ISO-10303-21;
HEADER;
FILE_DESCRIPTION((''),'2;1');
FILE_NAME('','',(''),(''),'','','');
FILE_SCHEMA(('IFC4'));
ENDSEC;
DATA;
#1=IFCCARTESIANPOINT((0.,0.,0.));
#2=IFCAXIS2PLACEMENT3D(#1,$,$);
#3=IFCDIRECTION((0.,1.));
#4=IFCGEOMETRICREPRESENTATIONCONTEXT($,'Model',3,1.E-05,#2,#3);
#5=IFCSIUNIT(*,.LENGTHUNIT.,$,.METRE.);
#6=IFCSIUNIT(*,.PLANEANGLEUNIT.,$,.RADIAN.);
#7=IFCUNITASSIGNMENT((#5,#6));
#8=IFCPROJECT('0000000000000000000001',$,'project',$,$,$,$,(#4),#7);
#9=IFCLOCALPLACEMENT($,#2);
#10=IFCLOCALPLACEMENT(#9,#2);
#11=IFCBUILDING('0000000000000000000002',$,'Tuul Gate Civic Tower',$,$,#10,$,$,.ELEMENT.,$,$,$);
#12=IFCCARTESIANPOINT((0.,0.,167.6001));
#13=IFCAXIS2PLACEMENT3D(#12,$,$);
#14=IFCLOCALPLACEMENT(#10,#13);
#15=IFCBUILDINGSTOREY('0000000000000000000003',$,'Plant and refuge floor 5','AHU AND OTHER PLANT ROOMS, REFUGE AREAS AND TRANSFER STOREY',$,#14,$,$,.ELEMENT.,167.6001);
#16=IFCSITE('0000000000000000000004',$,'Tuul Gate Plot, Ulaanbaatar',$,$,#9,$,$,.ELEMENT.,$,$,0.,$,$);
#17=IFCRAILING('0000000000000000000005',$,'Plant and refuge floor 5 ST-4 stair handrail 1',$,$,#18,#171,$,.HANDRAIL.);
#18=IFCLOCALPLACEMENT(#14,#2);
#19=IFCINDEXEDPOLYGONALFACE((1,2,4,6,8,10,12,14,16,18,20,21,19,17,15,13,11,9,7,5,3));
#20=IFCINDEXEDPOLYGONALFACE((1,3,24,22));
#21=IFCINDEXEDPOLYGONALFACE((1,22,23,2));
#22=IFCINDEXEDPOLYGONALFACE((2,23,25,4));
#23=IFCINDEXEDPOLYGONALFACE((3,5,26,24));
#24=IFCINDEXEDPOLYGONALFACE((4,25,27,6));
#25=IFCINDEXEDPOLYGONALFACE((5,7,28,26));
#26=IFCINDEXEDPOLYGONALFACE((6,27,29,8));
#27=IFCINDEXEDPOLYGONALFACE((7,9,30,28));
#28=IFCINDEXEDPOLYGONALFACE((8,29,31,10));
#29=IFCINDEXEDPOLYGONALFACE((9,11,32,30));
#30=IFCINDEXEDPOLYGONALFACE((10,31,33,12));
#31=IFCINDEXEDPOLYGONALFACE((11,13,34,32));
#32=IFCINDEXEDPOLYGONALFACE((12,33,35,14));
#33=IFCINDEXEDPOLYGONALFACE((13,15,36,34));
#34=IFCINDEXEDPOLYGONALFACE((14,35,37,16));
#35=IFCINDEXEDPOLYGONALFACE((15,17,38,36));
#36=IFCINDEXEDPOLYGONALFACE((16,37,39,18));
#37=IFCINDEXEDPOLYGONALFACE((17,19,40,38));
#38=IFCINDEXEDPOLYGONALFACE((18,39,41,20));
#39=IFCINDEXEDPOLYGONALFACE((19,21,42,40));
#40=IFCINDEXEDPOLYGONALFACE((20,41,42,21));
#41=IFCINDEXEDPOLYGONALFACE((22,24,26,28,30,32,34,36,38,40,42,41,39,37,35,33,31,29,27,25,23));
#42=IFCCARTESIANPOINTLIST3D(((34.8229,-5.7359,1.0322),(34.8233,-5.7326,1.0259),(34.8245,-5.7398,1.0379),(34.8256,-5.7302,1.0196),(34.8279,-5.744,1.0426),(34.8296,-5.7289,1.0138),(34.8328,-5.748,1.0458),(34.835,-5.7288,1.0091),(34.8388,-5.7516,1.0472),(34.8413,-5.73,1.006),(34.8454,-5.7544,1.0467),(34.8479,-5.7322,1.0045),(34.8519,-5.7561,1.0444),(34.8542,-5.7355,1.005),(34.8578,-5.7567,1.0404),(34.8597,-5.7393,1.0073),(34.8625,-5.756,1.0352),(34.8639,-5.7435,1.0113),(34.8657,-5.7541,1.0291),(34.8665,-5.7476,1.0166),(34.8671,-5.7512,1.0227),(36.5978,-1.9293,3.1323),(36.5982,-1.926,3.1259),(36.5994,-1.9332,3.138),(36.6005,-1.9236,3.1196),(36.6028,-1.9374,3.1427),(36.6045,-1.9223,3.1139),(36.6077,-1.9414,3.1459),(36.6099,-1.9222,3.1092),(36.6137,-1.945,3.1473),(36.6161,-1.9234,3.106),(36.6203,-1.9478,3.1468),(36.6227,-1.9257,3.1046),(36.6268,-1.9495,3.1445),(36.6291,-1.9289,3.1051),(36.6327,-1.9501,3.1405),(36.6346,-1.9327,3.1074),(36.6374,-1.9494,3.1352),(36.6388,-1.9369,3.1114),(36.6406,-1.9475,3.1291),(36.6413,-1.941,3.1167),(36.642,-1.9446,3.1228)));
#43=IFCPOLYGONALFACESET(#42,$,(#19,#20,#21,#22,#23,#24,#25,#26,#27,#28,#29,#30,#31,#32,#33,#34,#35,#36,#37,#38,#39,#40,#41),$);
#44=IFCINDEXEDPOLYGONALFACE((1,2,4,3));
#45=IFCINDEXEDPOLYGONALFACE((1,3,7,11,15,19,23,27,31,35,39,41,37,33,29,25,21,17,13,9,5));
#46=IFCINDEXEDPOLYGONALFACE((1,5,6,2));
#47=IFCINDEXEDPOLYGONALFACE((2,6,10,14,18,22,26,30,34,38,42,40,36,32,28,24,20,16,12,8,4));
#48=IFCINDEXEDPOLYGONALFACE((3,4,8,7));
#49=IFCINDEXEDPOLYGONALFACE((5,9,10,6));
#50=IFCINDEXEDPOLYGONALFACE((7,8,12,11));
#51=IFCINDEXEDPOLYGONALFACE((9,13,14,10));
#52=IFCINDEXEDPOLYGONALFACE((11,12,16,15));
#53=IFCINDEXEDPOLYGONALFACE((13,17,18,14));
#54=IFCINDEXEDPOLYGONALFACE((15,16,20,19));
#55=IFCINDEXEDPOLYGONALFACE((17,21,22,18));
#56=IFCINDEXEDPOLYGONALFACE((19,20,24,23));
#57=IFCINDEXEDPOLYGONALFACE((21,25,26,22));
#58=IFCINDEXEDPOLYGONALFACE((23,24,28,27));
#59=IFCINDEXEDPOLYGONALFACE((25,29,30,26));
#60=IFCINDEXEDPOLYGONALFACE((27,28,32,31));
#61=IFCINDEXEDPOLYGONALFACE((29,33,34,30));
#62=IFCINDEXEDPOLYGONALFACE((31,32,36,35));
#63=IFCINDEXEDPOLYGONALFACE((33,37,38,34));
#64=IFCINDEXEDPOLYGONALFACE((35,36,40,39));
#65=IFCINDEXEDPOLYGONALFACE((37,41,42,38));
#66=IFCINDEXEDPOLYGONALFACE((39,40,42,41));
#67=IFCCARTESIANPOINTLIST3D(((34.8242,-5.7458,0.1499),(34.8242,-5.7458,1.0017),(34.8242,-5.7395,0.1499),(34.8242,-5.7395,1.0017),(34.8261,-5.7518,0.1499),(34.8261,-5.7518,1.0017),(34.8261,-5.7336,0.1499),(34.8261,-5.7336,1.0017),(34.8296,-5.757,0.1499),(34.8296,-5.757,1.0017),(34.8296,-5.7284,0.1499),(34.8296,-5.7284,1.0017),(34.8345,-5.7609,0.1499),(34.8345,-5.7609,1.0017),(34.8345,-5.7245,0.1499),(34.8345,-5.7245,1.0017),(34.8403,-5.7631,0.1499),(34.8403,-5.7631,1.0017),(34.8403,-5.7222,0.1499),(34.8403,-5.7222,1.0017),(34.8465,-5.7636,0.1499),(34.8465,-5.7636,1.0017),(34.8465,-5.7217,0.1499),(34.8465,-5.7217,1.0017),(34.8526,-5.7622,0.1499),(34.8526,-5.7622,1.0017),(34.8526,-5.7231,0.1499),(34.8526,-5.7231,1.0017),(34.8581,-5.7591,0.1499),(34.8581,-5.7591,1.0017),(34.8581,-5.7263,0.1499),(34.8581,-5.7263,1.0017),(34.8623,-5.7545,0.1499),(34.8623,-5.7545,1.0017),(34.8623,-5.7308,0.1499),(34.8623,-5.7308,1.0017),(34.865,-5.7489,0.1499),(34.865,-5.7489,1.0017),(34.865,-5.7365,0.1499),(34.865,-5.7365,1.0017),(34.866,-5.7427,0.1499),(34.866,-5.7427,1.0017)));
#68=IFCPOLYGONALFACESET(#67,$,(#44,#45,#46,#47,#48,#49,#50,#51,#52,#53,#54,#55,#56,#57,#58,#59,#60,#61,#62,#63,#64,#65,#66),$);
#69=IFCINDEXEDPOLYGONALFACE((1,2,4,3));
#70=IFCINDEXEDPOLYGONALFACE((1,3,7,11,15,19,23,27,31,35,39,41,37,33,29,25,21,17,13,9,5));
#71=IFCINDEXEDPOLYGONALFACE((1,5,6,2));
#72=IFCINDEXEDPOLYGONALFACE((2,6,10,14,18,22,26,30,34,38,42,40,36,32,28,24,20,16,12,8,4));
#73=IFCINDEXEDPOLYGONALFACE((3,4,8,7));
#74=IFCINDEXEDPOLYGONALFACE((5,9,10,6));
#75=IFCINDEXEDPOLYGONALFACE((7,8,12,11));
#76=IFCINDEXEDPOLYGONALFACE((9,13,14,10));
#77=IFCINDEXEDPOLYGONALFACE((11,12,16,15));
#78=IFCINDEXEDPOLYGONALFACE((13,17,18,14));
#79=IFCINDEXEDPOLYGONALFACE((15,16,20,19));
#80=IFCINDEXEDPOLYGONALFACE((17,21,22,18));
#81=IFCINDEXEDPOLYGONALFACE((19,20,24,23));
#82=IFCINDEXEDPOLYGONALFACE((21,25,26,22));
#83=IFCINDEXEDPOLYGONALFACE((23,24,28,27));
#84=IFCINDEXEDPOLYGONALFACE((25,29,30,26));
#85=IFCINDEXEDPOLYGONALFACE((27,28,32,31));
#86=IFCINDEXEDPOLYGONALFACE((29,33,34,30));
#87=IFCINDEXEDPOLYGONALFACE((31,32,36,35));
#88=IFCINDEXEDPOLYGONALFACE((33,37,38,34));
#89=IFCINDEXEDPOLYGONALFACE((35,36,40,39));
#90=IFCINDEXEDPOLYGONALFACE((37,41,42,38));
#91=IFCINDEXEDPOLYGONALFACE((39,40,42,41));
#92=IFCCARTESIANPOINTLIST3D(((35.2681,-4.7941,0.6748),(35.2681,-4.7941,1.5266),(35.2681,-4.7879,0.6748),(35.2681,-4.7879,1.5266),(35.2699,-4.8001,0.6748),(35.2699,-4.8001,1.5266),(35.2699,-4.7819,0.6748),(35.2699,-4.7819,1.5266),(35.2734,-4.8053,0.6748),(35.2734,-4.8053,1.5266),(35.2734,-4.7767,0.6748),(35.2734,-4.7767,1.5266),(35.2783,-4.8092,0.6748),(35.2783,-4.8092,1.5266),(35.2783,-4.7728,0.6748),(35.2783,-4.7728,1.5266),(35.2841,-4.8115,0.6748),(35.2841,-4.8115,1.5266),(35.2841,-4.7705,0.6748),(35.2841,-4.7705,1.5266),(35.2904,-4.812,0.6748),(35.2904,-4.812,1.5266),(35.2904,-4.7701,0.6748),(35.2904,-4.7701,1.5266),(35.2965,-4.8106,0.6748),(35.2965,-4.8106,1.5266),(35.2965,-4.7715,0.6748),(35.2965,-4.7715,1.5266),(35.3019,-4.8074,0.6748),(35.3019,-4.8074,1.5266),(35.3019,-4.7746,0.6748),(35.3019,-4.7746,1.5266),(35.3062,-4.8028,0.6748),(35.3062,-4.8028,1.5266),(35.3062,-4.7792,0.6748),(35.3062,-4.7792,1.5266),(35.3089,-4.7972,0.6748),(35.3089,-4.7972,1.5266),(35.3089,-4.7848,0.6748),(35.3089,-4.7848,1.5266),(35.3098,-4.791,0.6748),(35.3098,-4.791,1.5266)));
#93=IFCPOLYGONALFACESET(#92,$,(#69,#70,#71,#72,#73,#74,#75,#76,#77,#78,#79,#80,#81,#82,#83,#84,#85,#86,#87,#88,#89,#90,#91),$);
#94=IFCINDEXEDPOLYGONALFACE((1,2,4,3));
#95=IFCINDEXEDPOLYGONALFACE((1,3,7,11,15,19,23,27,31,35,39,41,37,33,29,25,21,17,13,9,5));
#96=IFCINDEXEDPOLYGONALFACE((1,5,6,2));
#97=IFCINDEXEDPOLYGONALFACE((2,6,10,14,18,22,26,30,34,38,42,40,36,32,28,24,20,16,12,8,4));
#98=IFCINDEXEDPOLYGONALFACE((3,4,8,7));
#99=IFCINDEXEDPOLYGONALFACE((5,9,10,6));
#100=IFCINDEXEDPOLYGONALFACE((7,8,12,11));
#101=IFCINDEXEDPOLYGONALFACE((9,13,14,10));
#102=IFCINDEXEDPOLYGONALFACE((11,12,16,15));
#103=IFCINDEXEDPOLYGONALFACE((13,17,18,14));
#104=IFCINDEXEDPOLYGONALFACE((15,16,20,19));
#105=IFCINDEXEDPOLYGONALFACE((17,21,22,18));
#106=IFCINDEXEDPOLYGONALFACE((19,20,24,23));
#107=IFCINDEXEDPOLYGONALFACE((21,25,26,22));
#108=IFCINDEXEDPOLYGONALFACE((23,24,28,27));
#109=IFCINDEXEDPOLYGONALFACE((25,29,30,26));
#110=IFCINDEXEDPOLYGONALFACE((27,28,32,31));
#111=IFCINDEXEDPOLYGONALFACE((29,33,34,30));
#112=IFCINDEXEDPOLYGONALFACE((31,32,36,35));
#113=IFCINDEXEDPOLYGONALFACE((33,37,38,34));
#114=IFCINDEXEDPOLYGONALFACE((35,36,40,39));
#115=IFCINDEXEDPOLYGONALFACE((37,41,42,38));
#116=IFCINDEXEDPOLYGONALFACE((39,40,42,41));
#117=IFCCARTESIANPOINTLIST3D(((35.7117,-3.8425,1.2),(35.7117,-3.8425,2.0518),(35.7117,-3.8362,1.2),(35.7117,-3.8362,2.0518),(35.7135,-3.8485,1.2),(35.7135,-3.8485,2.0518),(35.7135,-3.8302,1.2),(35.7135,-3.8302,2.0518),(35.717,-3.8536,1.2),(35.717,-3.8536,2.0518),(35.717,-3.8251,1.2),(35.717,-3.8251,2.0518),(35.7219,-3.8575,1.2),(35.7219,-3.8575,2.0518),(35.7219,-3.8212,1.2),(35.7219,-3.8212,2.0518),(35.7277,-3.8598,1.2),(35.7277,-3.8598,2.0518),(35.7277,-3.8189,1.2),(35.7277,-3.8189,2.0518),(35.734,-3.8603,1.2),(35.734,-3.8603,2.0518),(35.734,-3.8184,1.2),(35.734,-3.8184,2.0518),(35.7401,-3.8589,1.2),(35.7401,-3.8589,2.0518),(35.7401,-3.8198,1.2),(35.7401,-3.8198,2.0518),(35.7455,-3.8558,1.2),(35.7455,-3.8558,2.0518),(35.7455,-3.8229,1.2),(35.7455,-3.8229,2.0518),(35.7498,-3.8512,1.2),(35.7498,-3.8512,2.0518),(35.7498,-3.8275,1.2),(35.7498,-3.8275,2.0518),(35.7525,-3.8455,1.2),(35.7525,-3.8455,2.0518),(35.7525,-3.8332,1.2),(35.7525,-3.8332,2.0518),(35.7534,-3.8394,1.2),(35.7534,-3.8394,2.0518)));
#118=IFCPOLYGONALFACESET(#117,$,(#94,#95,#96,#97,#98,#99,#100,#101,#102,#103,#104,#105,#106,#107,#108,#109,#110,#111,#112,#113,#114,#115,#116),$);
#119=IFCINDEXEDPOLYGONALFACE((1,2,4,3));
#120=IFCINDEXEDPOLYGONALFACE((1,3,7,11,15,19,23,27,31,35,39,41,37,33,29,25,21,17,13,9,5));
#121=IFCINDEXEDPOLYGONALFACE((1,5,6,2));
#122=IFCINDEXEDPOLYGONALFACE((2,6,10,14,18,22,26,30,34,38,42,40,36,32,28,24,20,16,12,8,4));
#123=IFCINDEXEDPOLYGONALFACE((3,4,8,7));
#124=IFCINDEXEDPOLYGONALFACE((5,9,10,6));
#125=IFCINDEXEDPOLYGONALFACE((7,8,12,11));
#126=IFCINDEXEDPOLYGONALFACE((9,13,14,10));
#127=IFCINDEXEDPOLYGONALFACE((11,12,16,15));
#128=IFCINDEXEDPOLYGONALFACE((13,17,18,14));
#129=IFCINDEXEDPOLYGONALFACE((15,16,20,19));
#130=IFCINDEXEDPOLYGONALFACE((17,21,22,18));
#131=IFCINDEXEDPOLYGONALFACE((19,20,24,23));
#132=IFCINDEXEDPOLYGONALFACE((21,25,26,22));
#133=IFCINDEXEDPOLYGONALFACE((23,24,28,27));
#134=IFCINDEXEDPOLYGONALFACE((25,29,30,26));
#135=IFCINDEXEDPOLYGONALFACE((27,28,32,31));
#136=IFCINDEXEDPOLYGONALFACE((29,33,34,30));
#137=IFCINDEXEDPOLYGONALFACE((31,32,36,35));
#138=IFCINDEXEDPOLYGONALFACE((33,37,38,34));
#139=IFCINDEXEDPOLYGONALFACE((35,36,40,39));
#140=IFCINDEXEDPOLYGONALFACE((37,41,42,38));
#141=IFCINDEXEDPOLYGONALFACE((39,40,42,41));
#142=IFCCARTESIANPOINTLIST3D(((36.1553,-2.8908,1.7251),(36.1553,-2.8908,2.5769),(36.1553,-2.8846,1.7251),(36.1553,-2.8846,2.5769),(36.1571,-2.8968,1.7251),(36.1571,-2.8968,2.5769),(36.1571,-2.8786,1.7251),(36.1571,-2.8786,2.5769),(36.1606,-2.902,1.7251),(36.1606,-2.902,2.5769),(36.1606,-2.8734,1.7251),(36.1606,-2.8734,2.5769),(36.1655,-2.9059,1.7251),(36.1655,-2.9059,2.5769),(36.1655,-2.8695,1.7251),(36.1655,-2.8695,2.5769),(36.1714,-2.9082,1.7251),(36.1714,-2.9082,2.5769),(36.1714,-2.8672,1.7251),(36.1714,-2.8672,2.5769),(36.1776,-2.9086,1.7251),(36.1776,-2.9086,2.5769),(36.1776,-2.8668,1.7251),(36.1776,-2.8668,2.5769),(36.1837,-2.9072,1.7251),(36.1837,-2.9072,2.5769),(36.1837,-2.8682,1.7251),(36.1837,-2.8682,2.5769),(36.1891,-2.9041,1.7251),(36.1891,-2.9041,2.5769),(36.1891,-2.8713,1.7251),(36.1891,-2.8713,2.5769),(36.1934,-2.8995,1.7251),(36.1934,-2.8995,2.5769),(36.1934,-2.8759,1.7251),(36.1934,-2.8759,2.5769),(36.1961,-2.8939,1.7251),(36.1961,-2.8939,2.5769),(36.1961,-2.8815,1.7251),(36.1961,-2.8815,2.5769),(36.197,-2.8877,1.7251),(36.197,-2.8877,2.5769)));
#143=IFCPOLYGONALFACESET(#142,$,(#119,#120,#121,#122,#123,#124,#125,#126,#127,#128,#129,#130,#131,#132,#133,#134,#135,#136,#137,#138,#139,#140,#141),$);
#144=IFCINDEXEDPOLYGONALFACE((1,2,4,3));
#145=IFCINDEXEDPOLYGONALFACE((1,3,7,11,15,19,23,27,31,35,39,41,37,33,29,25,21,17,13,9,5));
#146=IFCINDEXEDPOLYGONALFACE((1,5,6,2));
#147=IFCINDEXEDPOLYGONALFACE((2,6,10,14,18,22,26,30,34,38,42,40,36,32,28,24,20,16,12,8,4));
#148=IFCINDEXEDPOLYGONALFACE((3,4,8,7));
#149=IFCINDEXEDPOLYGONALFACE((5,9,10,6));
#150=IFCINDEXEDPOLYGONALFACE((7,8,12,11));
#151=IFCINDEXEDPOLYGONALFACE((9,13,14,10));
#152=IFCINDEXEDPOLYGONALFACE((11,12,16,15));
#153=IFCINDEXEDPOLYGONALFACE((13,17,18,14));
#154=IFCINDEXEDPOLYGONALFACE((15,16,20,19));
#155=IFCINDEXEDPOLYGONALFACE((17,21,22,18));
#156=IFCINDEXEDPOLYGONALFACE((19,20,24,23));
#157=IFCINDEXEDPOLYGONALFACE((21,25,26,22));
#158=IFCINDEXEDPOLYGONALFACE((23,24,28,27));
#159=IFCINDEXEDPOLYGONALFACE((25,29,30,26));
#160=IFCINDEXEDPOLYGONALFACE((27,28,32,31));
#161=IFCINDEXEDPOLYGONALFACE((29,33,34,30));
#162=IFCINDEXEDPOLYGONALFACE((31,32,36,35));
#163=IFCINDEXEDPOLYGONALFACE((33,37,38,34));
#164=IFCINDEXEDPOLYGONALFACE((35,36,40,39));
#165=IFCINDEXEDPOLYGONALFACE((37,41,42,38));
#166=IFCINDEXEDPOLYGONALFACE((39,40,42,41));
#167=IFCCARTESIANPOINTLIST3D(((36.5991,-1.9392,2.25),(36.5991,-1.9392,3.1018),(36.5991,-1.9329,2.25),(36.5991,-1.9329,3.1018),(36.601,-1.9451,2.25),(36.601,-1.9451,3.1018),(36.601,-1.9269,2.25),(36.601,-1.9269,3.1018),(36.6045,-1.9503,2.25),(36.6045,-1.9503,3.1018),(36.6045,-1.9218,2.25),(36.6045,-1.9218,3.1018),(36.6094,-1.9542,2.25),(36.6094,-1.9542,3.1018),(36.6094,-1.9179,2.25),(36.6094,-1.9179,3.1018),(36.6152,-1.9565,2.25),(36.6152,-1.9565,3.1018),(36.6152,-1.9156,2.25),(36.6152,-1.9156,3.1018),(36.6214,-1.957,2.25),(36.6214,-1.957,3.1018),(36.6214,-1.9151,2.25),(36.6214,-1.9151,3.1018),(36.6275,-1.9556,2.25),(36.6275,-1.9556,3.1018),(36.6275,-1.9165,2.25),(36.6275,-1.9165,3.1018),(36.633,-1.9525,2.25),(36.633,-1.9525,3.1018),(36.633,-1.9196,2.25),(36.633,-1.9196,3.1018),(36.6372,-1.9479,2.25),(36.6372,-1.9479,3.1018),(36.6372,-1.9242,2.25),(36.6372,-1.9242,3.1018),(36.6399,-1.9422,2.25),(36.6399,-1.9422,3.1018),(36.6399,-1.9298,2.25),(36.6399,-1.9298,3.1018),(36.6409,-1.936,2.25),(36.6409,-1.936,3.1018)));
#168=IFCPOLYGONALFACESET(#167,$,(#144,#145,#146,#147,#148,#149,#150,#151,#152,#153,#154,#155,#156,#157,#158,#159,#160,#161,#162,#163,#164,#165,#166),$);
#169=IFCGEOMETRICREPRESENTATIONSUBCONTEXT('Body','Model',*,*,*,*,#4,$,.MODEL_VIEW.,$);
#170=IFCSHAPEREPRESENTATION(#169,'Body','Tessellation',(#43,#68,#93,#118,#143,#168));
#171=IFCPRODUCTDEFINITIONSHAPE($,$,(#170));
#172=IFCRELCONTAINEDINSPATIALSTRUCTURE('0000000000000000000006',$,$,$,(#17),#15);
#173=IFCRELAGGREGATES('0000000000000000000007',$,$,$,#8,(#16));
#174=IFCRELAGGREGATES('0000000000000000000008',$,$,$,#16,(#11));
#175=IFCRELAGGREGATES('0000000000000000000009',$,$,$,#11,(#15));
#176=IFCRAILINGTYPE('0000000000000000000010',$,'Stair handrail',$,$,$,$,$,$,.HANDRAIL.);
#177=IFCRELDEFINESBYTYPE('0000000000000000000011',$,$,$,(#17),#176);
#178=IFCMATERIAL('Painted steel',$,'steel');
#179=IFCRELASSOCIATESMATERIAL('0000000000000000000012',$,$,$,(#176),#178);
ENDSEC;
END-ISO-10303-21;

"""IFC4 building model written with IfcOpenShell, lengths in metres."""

from ifc_helpers import new_model, si_unit, direction, frame, origin, origin_2d, place, context, subcontext, project, spatial, circle, extrude, material, type_object, element, save


model = new_model("IFC4")

# Units and contexts
model_context = context("Model", 3, precision=1e-05, world=origin(), true_north=direction((0.0, 1.0)))
body_context = subcontext(model_context, "Body", "Model", "MODEL_VIEW")
ifc_project = project(units=[si_unit("LENGTHUNIT", "METRE"), si_unit("PLANEANGLEUNIT", "RADIAN")], contexts=[model_context])

# Site, building, storey
site_placement = place(None, origin())
site = spatial("IfcSite", under=ifc_project, at=site_placement, Name="Tuul Gate Plot, Ulaanbaatar", CompositionType="ELEMENT", RefElevation=0.0)
building_placement = place(site_placement, origin())
building = spatial("IfcBuilding", under=site, at=building_placement, Name="Tuul Gate Civic Tower", CompositionType="ELEMENT")
storey_placement = place(building_placement, frame((0.0, 0.0, 167.6001)))
storey = spatial("IfcBuildingStorey", under=building, at=storey_placement, Name="Plant and refuge floor 5", Description="AHU AND OTHER PLANT ROOMS, REFUGE AREAS AND TRANSFER STOREY", CompositionType="ELEMENT", Elevation=167.6001)

# Railing
ifc_material_1 = material(Name="Painted steel", Category="steel")
railing_type_1 = type_object("IfcRailingType", Name="Stair handrail", PredefinedType="HANDRAIL", material=ifc_material_1)
railing_1_placement = place(storey_placement, frame((34.845, -5.7427, 0.1499)))
element("IfcRailing", 1, at=railing_1_placement, inside=storey, type_object=railing_type_1, Name="Plant and refuge floor 5 ST-4 stair handrail 1", PredefinedType="HANDRAIL", context=body_context, shape_type="SweptSolid", body=[
    extrude(circle(Radius=0.0239, at=origin_2d()), frame((0.0, 0.0, 0.876), z_axis=(0.377971, 0.810636, 0.447222), x_axis=(-0.906323, 0.422586, 0.0)), (0.0, 0.0, 1.0), 4.6958),
    extrude(circle(Radius=0.021, at=origin_2d()), origin(), (0.0, 0.0, 1.0), 0.8518),
    extrude(circle(Radius=0.021, at=origin_2d()), frame((0.4438, 0.9517, 0.5249)), (0.0, 0.0, 1.0), 0.8518),
    extrude(circle(Radius=0.021, at=origin_2d()), frame((0.8875, 1.9033, 1.05)), (0.0, 0.0, 1.0), 0.8518),
    extrude(circle(Radius=0.021, at=origin_2d()), frame((1.3311, 2.855, 1.5752)), (0.0, 0.0, 1.0), 0.8518),
    extrude(circle(Radius=0.021, at=origin_2d()), frame((1.7749, 3.8066, 2.1001)), (0.0, 0.0, 1.0), 0.8518),
])

save(model, "model.ifc")
